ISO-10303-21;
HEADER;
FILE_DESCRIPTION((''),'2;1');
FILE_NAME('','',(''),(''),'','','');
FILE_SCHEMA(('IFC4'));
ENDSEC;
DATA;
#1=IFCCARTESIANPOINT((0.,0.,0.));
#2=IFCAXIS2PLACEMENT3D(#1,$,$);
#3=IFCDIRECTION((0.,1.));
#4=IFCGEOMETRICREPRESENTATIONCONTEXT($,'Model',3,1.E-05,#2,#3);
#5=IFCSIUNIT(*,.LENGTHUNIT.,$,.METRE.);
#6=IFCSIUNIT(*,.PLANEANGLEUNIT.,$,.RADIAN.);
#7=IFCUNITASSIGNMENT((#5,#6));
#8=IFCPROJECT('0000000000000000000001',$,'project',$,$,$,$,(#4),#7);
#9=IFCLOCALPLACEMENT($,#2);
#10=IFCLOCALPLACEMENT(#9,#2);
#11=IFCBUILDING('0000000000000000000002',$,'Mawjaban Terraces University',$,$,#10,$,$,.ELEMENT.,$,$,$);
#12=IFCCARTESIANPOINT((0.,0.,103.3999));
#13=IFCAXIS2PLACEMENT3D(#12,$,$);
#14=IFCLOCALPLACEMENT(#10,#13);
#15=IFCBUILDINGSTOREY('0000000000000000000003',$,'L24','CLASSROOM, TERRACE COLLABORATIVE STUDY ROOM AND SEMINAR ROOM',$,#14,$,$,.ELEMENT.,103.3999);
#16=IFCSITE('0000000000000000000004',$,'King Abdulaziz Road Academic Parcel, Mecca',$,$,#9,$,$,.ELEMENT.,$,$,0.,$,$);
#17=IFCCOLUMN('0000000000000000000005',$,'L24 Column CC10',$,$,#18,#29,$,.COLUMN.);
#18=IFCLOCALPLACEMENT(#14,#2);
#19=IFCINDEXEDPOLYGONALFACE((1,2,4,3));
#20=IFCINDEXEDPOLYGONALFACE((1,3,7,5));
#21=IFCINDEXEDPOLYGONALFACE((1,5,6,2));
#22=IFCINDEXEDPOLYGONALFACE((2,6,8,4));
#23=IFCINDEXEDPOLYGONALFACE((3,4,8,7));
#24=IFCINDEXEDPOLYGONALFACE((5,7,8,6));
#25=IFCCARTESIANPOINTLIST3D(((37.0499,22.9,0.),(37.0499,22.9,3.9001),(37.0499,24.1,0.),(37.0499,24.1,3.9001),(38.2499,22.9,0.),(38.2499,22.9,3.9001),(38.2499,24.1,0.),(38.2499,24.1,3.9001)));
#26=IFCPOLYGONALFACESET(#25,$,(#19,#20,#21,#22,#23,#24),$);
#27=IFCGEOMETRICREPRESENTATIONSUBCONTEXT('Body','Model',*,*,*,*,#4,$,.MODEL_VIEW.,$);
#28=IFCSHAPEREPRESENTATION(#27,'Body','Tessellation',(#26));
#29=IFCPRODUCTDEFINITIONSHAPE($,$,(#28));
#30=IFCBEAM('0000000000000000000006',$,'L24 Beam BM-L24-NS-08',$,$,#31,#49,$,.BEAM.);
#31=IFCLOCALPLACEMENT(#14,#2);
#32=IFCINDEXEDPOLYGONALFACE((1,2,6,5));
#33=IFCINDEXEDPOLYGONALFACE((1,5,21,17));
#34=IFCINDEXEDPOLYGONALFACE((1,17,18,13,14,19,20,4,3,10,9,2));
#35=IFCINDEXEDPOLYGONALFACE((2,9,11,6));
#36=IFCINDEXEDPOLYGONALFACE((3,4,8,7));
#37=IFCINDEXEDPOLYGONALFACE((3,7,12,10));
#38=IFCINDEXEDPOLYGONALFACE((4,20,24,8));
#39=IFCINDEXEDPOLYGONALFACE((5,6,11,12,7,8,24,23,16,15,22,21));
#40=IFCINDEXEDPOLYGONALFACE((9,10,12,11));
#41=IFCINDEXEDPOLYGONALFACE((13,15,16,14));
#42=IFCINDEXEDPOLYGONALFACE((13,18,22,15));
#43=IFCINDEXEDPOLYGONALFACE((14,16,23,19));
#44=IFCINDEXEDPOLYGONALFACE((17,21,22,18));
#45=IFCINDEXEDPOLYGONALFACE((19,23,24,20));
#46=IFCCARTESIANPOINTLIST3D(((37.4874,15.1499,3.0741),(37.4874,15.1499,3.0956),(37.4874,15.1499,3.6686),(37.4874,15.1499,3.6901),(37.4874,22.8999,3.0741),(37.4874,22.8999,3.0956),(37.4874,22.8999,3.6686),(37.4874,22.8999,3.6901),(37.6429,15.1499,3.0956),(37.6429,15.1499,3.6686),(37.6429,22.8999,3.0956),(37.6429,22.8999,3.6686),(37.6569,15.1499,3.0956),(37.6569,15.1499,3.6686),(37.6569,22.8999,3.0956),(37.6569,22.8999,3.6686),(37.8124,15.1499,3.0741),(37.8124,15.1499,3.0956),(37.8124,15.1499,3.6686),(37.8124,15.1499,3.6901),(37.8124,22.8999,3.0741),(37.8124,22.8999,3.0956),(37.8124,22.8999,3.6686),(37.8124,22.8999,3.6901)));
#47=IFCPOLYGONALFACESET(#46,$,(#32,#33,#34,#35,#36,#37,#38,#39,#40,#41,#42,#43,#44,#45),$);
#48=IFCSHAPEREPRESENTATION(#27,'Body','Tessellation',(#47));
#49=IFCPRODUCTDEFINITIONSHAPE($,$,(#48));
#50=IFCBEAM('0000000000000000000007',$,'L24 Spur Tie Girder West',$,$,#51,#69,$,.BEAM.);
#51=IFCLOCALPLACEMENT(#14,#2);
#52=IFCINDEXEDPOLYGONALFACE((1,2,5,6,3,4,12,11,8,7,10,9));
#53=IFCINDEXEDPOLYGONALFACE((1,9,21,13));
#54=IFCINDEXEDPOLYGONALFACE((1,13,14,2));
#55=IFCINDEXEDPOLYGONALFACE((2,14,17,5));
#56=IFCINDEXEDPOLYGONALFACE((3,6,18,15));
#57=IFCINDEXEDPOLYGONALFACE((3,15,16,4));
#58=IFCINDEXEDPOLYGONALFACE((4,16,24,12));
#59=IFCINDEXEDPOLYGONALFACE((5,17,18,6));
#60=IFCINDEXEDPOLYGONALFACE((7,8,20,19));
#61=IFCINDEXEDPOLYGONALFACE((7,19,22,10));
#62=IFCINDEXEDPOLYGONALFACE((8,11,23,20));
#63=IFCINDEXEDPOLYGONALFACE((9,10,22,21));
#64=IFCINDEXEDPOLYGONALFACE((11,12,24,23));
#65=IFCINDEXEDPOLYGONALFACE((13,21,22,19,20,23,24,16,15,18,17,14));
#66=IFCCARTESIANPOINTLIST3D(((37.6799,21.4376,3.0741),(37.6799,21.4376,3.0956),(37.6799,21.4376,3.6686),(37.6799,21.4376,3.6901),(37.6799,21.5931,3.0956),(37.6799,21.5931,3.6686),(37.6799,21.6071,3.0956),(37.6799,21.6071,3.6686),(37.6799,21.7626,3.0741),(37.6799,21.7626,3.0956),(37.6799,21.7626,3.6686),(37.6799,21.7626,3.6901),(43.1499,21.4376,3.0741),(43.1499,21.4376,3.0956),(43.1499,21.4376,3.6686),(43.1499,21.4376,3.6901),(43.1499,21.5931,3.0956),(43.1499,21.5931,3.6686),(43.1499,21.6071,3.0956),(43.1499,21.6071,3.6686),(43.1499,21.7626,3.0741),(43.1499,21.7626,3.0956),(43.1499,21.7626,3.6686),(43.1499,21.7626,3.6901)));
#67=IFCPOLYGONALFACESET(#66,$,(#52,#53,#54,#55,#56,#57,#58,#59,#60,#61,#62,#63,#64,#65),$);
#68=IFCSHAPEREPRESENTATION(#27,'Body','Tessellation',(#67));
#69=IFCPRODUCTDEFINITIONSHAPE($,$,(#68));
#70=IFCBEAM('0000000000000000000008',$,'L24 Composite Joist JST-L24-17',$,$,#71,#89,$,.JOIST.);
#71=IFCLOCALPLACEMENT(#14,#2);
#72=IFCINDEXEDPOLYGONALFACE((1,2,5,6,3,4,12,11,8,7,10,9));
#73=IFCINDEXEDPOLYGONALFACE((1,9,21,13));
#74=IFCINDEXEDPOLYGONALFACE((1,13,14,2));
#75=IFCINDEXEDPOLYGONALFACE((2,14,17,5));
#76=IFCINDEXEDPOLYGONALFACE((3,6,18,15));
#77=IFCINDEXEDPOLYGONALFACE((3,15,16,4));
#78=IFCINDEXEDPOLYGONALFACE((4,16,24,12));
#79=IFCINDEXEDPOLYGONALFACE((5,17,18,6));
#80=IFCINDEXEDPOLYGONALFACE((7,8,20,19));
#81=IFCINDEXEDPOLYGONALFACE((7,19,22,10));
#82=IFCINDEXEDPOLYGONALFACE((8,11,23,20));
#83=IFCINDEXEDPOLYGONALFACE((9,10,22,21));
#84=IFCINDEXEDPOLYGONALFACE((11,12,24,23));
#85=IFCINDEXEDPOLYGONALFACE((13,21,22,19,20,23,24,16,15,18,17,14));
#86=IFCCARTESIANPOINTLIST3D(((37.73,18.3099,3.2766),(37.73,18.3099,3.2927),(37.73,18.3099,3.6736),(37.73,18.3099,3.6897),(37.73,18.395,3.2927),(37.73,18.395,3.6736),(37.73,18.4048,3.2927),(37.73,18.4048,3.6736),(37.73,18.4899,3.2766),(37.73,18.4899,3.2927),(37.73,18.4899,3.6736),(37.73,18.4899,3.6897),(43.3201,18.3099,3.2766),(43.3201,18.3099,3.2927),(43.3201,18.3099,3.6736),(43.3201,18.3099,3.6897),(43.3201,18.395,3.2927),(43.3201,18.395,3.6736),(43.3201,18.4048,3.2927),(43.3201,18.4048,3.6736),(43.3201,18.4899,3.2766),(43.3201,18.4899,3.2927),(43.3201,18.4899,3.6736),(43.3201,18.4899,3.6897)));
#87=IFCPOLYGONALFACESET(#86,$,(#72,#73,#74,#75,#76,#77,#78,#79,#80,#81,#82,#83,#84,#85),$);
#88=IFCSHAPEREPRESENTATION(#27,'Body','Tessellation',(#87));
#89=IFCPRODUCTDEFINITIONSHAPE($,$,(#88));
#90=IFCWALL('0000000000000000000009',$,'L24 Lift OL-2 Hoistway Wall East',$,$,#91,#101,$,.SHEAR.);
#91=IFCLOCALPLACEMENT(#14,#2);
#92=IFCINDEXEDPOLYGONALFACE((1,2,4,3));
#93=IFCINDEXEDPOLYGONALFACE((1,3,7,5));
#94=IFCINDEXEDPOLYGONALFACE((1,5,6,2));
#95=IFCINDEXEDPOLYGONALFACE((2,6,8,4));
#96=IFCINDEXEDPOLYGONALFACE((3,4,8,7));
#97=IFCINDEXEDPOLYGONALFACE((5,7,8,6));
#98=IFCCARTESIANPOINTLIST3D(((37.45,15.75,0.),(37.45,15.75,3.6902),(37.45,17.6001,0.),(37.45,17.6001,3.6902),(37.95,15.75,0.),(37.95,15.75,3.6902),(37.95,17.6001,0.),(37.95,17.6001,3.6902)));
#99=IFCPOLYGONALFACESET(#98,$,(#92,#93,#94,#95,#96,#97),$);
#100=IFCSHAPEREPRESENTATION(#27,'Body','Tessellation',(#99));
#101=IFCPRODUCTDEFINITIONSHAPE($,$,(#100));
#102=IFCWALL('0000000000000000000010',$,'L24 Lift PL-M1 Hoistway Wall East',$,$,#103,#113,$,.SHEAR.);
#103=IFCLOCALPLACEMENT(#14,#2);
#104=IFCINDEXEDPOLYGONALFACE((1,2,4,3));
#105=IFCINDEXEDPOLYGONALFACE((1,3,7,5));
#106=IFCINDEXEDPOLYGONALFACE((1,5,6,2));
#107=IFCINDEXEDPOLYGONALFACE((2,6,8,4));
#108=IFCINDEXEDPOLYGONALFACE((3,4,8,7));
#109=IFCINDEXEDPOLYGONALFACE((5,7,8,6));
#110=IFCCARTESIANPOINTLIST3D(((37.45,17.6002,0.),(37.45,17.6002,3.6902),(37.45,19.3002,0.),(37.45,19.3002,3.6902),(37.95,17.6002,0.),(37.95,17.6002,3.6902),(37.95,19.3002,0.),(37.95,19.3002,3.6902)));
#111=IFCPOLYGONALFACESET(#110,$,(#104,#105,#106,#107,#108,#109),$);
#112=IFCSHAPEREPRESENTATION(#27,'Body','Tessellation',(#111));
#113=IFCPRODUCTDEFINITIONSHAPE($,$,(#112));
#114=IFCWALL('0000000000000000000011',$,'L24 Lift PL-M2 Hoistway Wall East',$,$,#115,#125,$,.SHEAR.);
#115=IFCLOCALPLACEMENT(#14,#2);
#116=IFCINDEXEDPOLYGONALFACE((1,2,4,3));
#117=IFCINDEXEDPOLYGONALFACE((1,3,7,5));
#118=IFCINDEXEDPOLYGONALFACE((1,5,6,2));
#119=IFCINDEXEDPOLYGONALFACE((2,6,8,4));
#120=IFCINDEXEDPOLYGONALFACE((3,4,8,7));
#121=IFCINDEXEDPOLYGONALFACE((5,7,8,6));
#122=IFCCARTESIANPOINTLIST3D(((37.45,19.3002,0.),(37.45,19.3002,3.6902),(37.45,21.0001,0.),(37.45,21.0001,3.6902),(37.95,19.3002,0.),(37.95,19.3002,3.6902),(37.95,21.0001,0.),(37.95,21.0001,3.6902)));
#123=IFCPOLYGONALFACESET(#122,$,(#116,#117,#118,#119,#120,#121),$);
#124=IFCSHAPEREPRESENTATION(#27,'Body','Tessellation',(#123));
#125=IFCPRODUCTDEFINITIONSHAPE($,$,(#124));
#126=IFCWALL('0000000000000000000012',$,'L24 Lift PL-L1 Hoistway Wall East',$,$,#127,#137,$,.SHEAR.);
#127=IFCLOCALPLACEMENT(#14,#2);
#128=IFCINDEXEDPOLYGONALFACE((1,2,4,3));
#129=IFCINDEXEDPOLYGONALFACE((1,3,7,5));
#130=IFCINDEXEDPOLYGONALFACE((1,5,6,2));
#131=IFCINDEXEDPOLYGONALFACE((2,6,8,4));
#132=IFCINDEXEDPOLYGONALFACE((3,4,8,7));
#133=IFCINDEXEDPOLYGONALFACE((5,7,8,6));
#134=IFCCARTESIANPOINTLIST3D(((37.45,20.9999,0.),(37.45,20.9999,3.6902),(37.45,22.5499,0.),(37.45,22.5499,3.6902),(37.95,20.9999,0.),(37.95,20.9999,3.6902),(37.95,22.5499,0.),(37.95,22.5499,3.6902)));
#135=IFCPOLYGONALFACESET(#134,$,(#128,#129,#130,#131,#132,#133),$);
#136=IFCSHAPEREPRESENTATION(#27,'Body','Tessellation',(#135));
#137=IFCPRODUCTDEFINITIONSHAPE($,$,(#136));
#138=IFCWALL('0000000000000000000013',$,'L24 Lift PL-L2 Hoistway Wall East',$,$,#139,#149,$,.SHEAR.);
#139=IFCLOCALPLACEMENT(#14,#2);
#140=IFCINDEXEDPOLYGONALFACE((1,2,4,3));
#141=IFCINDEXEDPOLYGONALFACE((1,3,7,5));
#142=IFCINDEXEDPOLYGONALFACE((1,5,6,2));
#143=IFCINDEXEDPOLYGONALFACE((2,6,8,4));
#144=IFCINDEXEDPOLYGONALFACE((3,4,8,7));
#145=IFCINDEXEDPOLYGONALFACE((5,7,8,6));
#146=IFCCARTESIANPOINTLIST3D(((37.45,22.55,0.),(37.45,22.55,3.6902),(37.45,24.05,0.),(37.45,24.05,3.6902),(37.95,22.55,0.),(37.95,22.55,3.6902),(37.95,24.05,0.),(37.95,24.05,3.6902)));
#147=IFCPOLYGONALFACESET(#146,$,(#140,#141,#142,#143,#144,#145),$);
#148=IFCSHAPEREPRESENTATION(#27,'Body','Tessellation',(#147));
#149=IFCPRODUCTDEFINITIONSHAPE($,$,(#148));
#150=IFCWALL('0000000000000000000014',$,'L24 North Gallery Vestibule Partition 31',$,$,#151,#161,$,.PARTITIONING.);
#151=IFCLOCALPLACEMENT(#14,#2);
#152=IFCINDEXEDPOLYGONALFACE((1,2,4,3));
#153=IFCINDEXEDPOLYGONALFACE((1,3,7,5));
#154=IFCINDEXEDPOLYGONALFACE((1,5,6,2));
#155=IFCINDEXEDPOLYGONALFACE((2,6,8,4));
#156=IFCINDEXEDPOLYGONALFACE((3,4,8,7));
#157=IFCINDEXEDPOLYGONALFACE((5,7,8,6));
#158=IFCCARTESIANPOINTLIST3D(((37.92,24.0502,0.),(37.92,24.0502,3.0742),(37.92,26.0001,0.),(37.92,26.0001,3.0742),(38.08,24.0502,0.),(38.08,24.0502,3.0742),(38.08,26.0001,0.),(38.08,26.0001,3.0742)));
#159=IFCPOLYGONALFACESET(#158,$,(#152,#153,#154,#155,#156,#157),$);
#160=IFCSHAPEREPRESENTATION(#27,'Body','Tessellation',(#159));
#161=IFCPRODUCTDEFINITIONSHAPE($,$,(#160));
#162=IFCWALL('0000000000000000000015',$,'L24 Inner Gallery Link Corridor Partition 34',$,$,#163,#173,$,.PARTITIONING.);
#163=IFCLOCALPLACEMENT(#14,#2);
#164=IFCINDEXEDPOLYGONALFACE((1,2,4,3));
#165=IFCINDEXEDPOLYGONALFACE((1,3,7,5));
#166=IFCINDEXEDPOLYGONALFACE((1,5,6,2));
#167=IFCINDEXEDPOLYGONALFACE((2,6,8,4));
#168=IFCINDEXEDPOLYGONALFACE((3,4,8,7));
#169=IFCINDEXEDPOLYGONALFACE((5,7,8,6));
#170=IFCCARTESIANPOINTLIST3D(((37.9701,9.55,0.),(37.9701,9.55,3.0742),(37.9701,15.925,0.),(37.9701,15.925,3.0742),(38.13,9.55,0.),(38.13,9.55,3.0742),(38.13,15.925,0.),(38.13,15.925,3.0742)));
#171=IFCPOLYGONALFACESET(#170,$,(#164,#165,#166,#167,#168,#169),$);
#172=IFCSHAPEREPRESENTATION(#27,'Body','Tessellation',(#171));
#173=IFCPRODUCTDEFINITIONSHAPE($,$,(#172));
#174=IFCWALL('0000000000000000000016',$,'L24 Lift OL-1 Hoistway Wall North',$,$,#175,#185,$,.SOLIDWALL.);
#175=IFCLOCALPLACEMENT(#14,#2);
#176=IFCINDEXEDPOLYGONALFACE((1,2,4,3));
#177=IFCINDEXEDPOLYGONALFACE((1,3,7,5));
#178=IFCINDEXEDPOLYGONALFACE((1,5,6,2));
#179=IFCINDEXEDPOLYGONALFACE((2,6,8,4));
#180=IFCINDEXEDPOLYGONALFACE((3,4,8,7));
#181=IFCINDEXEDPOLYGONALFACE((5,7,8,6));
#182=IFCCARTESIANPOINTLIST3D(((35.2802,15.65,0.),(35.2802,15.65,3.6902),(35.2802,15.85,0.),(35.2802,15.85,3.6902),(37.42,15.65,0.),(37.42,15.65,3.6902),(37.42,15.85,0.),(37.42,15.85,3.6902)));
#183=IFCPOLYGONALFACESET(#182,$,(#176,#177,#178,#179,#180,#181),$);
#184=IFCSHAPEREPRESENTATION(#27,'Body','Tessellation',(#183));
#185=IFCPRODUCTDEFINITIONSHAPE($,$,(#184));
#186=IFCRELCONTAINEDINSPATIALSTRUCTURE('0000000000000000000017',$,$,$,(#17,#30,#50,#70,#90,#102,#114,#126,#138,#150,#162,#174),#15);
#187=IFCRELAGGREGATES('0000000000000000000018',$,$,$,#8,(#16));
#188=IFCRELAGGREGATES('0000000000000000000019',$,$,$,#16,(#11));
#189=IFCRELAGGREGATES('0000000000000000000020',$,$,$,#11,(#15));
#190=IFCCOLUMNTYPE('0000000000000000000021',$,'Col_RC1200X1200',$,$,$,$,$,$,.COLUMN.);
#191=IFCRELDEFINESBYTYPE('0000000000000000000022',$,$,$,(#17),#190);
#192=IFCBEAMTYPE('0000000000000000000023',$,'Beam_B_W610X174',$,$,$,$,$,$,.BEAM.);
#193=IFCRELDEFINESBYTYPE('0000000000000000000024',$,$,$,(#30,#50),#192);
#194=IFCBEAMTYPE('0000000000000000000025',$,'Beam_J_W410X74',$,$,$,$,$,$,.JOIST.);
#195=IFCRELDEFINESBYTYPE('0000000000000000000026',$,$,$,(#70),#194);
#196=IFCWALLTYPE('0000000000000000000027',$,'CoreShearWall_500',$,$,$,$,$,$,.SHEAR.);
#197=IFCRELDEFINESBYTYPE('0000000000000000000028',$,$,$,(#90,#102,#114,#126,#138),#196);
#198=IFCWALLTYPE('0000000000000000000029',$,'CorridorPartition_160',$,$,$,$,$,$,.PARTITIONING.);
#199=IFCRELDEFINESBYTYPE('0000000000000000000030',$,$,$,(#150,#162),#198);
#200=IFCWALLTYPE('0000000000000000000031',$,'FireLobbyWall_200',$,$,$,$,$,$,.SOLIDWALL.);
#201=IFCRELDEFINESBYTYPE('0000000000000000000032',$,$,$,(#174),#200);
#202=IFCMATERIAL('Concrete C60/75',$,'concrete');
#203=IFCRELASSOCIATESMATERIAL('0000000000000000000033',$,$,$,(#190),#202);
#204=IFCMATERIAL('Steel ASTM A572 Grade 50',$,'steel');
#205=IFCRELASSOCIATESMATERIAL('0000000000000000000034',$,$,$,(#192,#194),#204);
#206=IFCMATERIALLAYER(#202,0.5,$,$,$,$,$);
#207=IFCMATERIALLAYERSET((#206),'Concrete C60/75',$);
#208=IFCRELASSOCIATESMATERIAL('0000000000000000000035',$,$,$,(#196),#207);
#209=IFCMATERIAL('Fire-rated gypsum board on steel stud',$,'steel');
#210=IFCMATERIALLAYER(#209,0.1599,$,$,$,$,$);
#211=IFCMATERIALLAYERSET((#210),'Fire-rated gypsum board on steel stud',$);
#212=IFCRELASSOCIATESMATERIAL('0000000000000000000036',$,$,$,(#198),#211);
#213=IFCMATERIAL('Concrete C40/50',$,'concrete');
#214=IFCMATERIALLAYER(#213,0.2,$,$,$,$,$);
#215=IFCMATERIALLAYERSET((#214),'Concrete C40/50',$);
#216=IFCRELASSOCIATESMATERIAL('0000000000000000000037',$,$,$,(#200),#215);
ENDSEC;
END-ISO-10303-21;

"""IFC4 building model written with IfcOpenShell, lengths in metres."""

from ifc_helpers import new_model, si_unit, direction, frame, frame_2d, origin, origin_2d, place, context, subcontext, project, spatial, rectangle, i_section, extrude, material, layer, layer_set, material_profile, profile_set, type_object, element, save


model = new_model("IFC4")

# Units and contexts
model_context = context("Model", 3, precision=1e-05, world=origin(), true_north=direction((0.0, 1.0)))
body_context = subcontext(model_context, "Body", "Model", "MODEL_VIEW")
ifc_project = project(units=[si_unit("LENGTHUNIT", "METRE"), si_unit("PLANEANGLEUNIT", "RADIAN")], contexts=[model_context])

# Site, building, storey
site_placement = place(None, origin())
site = spatial("IfcSite", under=ifc_project, at=site_placement, Name="King Abdulaziz Road Academic Parcel, Mecca", CompositionType="ELEMENT", RefElevation=0.0)
building_placement = place(site_placement, origin())
building = spatial("IfcBuilding", under=site, at=building_placement, Name="Mawjaban Terraces University", CompositionType="ELEMENT")
storey_placement = place(building_placement, frame((0.0, 0.0, 103.3999)))
storey = spatial("IfcBuildingStorey", under=building, at=storey_placement, Name="L24", Description="CLASSROOM, TERRACE COLLABORATIVE STUDY ROOM AND SEMINAR ROOM", CompositionType="ELEMENT", Elevation=103.3999)

# Column
ifc_material_1 = material(Name="Concrete C60/75", Category="concrete")
ifc_material_profile_1 = material_profile(ifc_material_1, rectangle(XDim=1.2, YDim=1.2, at=origin_2d()), Name="RC1200X1200")
ifc_profile_set_1 = profile_set([ifc_material_profile_1], Name="Concrete C60/75")
column_type = type_object("IfcColumnType", Name="Col_RC1200X1200", PredefinedType="COLUMN", material=ifc_profile_set_1)
column_placement = place(storey_placement, frame((37.6499, 23.5, 0.0), z_axis=(0.0, 0.0, 1.0), x_axis=(1.0, 0.0, 0.0)))
element("IfcColumn", 1, at=column_placement, inside=storey, type_object=column_type, Name="L24 Column CC10", PredefinedType="COLUMN", context=body_context, shape_type="SweptSolid", body=[
    extrude(rectangle(XDim=1.2, YDim=1.2, at=origin_2d()), origin(), (0.0, 0.0, 1.0), 3.9001),
])

# Beams
ifc_material_2 = material(Name="Steel ASTM A572 Grade 50", Category="steel")
ifc_material_profile_2 = material_profile(ifc_material_2, i_section(OverallWidth=0.325, OverallDepth=0.616, WebThickness=0.0139, FlangeThickness=0.0215, at=origin_2d()), Name="W610X174")
ifc_profile_set_2 = profile_set([ifc_material_profile_2], Name="Steel ASTM A572 Grade 50")
beam_type_1 = type_object("IfcBeamType", Name="Beam_B_W610X174", PredefinedType="BEAM", material=ifc_profile_set_2)
beam_1_placement = place(storey_placement, frame((37.6499, 15.1499, 3.3821), z_axis=(0.0, 1.0, 0.0), x_axis=(-1.0, 0.0, 0.0)))
element("IfcBeam", 2, at=beam_1_placement, inside=storey, type_object=beam_type_1, Name="L24 Beam BM-L24-NS-08", PredefinedType="BEAM", context=body_context, shape_type="SweptSolid", body=[
    extrude(i_section(OverallWidth=0.325, OverallDepth=0.616, WebThickness=0.0139, FlangeThickness=0.0215, at=origin_2d()), origin(), (0.0, 0.0, 1.0), 7.75),
])
beam_2_placement = place(storey_placement, frame((37.6799, 21.6001, 3.3821), z_axis=(1.0, 0.0, 0.0), x_axis=(0.0, 1.0, 0.0)))
element("IfcBeam", 3, at=beam_2_placement, inside=storey, type_object=beam_type_1, Name="L24 Spur Tie Girder West", PredefinedType="BEAM", context=body_context, shape_type="SweptSolid", body=[
    extrude(i_section(OverallWidth=0.325, OverallDepth=0.616, WebThickness=0.0139, FlangeThickness=0.0215, at=origin_2d()), origin(), (0.0, 0.0, 1.0), 5.47),
])
ifc_material_profile_3 = material_profile(ifc_material_2, i_section(OverallWidth=0.1799, OverallDepth=0.4131, WebThickness=0.0098, FlangeThickness=0.0161, at=origin_2d()), Name="W410X74")
ifc_profile_set_3 = profile_set([ifc_material_profile_3], Name="Steel ASTM A572 Grade 50")
beam_type_2 = type_object("IfcBeamType", Name="Beam_J_W410X74", PredefinedType="JOIST", material=ifc_profile_set_3)
beam_3_placement = place(storey_placement, frame((37.73, 18.3999, 3.4832), z_axis=(1.0, 0.0, 0.0), x_axis=(0.0, 1.0, 0.0)))
element("IfcBeam", 4, at=beam_3_placement, inside=storey, type_object=beam_type_2, Name="L24 Composite Joist JST-L24-17", PredefinedType="JOIST", context=body_context, shape_type="SweptSolid", body=[
    extrude(i_section(OverallWidth=0.1799, OverallDepth=0.4131, WebThickness=0.0098, FlangeThickness=0.0161, at=origin_2d()), origin(), (0.0, 0.0, 1.0), 5.5901),
])

# Walls
ifc_layer_1 = layer(ifc_material_1, 0.5)
ifc_layer_set_1 = layer_set([ifc_layer_1], Name="Concrete C60/75")
wall_type_1 = type_object("IfcWallType", Name="CoreShearWall_500", PredefinedType="SHEAR", material=ifc_layer_set_1)
wall_1_placement = place(storey_placement, frame((37.7, 15.75, 0.0), z_axis=(0.0, 0.0, 1.0), x_axis=(0.0, 1.0, 0.0)))
element("IfcWall", 5, at=wall_1_placement, inside=storey, type_object=wall_type_1, Name="L24 Lift OL-2 Hoistway Wall East", PredefinedType="SHEAR", context=body_context, shape_type="SweptSolid", body=[
    extrude(rectangle(XDim=1.8501, YDim=0.5, at=frame_2d((0.925, 0.0))), origin(), (0.0, 0.0, 1.0), 3.6902),
])
for number, where, z_axis, x_axis, name in (
    (6, (37.7, 17.6001, 0.0), (0.0, 0.0, 1.0), (0.0, 1.0, 0.0), "L24 Lift PL-M1 Hoistway Wall East"),
    (7, (37.7, 19.3, 0.0), (0.0, 0.0, 1.0), (0.0, 1.0, 0.0), "L24 Lift PL-M2 Hoistway Wall East"),
):
    element("IfcWall", number, at=place(storey_placement, frame(where, z_axis=z_axis, x_axis=x_axis)), inside=storey, type_object=wall_type_1, Name=name, PredefinedType="SHEAR", context=body_context, shape_type="SweptSolid", body=[
        extrude(rectangle(XDim=1.7, YDim=0.5, at=frame_2d((0.8501, 0.0))), origin(), (0.0, 0.0, 1.0), 3.6902),
    ])
wall_2_placement = place(storey_placement, frame((37.7, 21.0, 0.0), z_axis=(0.0, 0.0, 1.0), x_axis=(0.0, 1.0, 0.0)))
element("IfcWall", 8, at=wall_2_placement, inside=storey, type_object=wall_type_1, Name="L24 Lift PL-L1 Hoistway Wall East", PredefinedType="SHEAR", context=body_context, shape_type="SweptSolid", body=[
    extrude(rectangle(XDim=1.55, YDim=0.5, at=frame_2d((0.7749, 0.0))), origin(), (0.0, 0.0, 1.0), 3.6902),
])
wall_3_placement = place(storey_placement, frame((37.7, 22.55, 0.0), z_axis=(0.0, 0.0, 1.0), x_axis=(0.0, 1.0, 0.0)))
element("IfcWall", 9, at=wall_3_placement, inside=storey, type_object=wall_type_1, Name="L24 Lift PL-L2 Hoistway Wall East", PredefinedType="SHEAR", context=body_context, shape_type="SweptSolid", body=[
    extrude(rectangle(XDim=1.5, YDim=0.5, at=frame_2d((0.75, 0.0))), origin(), (0.0, 0.0, 1.0), 3.6902),
])
ifc_material_3 = material(Name="Fire-rated gypsum board on steel stud", Category="steel")
ifc_layer_2 = layer(ifc_material_3, 0.1599)
ifc_layer_set_2 = layer_set([ifc_layer_2], Name="Fire-rated gypsum board on steel stud")
wall_type_2 = type_object("IfcWallType", Name="CorridorPartition_160", PredefinedType="PARTITIONING", material=ifc_layer_set_2)
wall_4_placement = place(storey_placement, frame((38.0, 24.05, 0.0), z_axis=(0.0, 0.0, 1.0), x_axis=(0.0, 1.0, 0.0)))
element("IfcWall", 10, at=wall_4_placement, inside=storey, type_object=wall_type_2, Name="L24 North Gallery Vestibule Partition 31", PredefinedType="PARTITIONING", context=body_context, shape_type="SweptSolid", body=[
    extrude(rectangle(XDim=1.95, YDim=0.1599, at=frame_2d((0.9751, 0.0))), origin(), (0.0, 0.0, 1.0), 3.0742),
])
wall_5_placement = place(storey_placement, frame((38.05, 15.925, 0.0), z_axis=(0.0, 0.0, 1.0), x_axis=(0.0, -1.0, 0.0)))
element("IfcWall", 11, at=wall_5_placement, inside=storey, type_object=wall_type_2, Name="L24 Inner Gallery Link Corridor Partition 34", PredefinedType="PARTITIONING", context=body_context, shape_type="SweptSolid", body=[
    extrude(rectangle(XDim=6.375, YDim=0.1599, at=frame_2d((3.1875, 0.0))), origin(), (0.0, 0.0, 1.0), 3.0742),
])
ifc_material_4 = material(Name="Concrete C40/50", Category="concrete")
ifc_layer_3 = layer(ifc_material_4, 0.2)
ifc_layer_set_3 = layer_set([ifc_layer_3], Name="Concrete C40/50")
wall_type_3 = type_object("IfcWallType", Name="FireLobbyWall_200", PredefinedType="SOLIDWALL", material=ifc_layer_set_3)
for number, where, z_axis, x_axis, name in (
    (12, (37.4199, 15.75, 0.0), (0.0, 0.0, 1.0), (-1.0, 0.0, 0.0), "L24 Lift OL-1 Hoistway Wall North"),
):
    element("IfcWall", number, at=place(storey_placement, frame(where, z_axis=z_axis, x_axis=x_axis)), inside=storey, type_object=wall_type_3, Name=name, PredefinedType="SOLIDWALL", context=body_context, shape_type="SweptSolid", body=[
        extrude(rectangle(XDim=2.1399, YDim=0.2, at=frame_2d((1.0698, 0.0))), origin(), (0.0, 0.0, 1.0), 3.6902),
    ])

save(model, "model.ifc")
